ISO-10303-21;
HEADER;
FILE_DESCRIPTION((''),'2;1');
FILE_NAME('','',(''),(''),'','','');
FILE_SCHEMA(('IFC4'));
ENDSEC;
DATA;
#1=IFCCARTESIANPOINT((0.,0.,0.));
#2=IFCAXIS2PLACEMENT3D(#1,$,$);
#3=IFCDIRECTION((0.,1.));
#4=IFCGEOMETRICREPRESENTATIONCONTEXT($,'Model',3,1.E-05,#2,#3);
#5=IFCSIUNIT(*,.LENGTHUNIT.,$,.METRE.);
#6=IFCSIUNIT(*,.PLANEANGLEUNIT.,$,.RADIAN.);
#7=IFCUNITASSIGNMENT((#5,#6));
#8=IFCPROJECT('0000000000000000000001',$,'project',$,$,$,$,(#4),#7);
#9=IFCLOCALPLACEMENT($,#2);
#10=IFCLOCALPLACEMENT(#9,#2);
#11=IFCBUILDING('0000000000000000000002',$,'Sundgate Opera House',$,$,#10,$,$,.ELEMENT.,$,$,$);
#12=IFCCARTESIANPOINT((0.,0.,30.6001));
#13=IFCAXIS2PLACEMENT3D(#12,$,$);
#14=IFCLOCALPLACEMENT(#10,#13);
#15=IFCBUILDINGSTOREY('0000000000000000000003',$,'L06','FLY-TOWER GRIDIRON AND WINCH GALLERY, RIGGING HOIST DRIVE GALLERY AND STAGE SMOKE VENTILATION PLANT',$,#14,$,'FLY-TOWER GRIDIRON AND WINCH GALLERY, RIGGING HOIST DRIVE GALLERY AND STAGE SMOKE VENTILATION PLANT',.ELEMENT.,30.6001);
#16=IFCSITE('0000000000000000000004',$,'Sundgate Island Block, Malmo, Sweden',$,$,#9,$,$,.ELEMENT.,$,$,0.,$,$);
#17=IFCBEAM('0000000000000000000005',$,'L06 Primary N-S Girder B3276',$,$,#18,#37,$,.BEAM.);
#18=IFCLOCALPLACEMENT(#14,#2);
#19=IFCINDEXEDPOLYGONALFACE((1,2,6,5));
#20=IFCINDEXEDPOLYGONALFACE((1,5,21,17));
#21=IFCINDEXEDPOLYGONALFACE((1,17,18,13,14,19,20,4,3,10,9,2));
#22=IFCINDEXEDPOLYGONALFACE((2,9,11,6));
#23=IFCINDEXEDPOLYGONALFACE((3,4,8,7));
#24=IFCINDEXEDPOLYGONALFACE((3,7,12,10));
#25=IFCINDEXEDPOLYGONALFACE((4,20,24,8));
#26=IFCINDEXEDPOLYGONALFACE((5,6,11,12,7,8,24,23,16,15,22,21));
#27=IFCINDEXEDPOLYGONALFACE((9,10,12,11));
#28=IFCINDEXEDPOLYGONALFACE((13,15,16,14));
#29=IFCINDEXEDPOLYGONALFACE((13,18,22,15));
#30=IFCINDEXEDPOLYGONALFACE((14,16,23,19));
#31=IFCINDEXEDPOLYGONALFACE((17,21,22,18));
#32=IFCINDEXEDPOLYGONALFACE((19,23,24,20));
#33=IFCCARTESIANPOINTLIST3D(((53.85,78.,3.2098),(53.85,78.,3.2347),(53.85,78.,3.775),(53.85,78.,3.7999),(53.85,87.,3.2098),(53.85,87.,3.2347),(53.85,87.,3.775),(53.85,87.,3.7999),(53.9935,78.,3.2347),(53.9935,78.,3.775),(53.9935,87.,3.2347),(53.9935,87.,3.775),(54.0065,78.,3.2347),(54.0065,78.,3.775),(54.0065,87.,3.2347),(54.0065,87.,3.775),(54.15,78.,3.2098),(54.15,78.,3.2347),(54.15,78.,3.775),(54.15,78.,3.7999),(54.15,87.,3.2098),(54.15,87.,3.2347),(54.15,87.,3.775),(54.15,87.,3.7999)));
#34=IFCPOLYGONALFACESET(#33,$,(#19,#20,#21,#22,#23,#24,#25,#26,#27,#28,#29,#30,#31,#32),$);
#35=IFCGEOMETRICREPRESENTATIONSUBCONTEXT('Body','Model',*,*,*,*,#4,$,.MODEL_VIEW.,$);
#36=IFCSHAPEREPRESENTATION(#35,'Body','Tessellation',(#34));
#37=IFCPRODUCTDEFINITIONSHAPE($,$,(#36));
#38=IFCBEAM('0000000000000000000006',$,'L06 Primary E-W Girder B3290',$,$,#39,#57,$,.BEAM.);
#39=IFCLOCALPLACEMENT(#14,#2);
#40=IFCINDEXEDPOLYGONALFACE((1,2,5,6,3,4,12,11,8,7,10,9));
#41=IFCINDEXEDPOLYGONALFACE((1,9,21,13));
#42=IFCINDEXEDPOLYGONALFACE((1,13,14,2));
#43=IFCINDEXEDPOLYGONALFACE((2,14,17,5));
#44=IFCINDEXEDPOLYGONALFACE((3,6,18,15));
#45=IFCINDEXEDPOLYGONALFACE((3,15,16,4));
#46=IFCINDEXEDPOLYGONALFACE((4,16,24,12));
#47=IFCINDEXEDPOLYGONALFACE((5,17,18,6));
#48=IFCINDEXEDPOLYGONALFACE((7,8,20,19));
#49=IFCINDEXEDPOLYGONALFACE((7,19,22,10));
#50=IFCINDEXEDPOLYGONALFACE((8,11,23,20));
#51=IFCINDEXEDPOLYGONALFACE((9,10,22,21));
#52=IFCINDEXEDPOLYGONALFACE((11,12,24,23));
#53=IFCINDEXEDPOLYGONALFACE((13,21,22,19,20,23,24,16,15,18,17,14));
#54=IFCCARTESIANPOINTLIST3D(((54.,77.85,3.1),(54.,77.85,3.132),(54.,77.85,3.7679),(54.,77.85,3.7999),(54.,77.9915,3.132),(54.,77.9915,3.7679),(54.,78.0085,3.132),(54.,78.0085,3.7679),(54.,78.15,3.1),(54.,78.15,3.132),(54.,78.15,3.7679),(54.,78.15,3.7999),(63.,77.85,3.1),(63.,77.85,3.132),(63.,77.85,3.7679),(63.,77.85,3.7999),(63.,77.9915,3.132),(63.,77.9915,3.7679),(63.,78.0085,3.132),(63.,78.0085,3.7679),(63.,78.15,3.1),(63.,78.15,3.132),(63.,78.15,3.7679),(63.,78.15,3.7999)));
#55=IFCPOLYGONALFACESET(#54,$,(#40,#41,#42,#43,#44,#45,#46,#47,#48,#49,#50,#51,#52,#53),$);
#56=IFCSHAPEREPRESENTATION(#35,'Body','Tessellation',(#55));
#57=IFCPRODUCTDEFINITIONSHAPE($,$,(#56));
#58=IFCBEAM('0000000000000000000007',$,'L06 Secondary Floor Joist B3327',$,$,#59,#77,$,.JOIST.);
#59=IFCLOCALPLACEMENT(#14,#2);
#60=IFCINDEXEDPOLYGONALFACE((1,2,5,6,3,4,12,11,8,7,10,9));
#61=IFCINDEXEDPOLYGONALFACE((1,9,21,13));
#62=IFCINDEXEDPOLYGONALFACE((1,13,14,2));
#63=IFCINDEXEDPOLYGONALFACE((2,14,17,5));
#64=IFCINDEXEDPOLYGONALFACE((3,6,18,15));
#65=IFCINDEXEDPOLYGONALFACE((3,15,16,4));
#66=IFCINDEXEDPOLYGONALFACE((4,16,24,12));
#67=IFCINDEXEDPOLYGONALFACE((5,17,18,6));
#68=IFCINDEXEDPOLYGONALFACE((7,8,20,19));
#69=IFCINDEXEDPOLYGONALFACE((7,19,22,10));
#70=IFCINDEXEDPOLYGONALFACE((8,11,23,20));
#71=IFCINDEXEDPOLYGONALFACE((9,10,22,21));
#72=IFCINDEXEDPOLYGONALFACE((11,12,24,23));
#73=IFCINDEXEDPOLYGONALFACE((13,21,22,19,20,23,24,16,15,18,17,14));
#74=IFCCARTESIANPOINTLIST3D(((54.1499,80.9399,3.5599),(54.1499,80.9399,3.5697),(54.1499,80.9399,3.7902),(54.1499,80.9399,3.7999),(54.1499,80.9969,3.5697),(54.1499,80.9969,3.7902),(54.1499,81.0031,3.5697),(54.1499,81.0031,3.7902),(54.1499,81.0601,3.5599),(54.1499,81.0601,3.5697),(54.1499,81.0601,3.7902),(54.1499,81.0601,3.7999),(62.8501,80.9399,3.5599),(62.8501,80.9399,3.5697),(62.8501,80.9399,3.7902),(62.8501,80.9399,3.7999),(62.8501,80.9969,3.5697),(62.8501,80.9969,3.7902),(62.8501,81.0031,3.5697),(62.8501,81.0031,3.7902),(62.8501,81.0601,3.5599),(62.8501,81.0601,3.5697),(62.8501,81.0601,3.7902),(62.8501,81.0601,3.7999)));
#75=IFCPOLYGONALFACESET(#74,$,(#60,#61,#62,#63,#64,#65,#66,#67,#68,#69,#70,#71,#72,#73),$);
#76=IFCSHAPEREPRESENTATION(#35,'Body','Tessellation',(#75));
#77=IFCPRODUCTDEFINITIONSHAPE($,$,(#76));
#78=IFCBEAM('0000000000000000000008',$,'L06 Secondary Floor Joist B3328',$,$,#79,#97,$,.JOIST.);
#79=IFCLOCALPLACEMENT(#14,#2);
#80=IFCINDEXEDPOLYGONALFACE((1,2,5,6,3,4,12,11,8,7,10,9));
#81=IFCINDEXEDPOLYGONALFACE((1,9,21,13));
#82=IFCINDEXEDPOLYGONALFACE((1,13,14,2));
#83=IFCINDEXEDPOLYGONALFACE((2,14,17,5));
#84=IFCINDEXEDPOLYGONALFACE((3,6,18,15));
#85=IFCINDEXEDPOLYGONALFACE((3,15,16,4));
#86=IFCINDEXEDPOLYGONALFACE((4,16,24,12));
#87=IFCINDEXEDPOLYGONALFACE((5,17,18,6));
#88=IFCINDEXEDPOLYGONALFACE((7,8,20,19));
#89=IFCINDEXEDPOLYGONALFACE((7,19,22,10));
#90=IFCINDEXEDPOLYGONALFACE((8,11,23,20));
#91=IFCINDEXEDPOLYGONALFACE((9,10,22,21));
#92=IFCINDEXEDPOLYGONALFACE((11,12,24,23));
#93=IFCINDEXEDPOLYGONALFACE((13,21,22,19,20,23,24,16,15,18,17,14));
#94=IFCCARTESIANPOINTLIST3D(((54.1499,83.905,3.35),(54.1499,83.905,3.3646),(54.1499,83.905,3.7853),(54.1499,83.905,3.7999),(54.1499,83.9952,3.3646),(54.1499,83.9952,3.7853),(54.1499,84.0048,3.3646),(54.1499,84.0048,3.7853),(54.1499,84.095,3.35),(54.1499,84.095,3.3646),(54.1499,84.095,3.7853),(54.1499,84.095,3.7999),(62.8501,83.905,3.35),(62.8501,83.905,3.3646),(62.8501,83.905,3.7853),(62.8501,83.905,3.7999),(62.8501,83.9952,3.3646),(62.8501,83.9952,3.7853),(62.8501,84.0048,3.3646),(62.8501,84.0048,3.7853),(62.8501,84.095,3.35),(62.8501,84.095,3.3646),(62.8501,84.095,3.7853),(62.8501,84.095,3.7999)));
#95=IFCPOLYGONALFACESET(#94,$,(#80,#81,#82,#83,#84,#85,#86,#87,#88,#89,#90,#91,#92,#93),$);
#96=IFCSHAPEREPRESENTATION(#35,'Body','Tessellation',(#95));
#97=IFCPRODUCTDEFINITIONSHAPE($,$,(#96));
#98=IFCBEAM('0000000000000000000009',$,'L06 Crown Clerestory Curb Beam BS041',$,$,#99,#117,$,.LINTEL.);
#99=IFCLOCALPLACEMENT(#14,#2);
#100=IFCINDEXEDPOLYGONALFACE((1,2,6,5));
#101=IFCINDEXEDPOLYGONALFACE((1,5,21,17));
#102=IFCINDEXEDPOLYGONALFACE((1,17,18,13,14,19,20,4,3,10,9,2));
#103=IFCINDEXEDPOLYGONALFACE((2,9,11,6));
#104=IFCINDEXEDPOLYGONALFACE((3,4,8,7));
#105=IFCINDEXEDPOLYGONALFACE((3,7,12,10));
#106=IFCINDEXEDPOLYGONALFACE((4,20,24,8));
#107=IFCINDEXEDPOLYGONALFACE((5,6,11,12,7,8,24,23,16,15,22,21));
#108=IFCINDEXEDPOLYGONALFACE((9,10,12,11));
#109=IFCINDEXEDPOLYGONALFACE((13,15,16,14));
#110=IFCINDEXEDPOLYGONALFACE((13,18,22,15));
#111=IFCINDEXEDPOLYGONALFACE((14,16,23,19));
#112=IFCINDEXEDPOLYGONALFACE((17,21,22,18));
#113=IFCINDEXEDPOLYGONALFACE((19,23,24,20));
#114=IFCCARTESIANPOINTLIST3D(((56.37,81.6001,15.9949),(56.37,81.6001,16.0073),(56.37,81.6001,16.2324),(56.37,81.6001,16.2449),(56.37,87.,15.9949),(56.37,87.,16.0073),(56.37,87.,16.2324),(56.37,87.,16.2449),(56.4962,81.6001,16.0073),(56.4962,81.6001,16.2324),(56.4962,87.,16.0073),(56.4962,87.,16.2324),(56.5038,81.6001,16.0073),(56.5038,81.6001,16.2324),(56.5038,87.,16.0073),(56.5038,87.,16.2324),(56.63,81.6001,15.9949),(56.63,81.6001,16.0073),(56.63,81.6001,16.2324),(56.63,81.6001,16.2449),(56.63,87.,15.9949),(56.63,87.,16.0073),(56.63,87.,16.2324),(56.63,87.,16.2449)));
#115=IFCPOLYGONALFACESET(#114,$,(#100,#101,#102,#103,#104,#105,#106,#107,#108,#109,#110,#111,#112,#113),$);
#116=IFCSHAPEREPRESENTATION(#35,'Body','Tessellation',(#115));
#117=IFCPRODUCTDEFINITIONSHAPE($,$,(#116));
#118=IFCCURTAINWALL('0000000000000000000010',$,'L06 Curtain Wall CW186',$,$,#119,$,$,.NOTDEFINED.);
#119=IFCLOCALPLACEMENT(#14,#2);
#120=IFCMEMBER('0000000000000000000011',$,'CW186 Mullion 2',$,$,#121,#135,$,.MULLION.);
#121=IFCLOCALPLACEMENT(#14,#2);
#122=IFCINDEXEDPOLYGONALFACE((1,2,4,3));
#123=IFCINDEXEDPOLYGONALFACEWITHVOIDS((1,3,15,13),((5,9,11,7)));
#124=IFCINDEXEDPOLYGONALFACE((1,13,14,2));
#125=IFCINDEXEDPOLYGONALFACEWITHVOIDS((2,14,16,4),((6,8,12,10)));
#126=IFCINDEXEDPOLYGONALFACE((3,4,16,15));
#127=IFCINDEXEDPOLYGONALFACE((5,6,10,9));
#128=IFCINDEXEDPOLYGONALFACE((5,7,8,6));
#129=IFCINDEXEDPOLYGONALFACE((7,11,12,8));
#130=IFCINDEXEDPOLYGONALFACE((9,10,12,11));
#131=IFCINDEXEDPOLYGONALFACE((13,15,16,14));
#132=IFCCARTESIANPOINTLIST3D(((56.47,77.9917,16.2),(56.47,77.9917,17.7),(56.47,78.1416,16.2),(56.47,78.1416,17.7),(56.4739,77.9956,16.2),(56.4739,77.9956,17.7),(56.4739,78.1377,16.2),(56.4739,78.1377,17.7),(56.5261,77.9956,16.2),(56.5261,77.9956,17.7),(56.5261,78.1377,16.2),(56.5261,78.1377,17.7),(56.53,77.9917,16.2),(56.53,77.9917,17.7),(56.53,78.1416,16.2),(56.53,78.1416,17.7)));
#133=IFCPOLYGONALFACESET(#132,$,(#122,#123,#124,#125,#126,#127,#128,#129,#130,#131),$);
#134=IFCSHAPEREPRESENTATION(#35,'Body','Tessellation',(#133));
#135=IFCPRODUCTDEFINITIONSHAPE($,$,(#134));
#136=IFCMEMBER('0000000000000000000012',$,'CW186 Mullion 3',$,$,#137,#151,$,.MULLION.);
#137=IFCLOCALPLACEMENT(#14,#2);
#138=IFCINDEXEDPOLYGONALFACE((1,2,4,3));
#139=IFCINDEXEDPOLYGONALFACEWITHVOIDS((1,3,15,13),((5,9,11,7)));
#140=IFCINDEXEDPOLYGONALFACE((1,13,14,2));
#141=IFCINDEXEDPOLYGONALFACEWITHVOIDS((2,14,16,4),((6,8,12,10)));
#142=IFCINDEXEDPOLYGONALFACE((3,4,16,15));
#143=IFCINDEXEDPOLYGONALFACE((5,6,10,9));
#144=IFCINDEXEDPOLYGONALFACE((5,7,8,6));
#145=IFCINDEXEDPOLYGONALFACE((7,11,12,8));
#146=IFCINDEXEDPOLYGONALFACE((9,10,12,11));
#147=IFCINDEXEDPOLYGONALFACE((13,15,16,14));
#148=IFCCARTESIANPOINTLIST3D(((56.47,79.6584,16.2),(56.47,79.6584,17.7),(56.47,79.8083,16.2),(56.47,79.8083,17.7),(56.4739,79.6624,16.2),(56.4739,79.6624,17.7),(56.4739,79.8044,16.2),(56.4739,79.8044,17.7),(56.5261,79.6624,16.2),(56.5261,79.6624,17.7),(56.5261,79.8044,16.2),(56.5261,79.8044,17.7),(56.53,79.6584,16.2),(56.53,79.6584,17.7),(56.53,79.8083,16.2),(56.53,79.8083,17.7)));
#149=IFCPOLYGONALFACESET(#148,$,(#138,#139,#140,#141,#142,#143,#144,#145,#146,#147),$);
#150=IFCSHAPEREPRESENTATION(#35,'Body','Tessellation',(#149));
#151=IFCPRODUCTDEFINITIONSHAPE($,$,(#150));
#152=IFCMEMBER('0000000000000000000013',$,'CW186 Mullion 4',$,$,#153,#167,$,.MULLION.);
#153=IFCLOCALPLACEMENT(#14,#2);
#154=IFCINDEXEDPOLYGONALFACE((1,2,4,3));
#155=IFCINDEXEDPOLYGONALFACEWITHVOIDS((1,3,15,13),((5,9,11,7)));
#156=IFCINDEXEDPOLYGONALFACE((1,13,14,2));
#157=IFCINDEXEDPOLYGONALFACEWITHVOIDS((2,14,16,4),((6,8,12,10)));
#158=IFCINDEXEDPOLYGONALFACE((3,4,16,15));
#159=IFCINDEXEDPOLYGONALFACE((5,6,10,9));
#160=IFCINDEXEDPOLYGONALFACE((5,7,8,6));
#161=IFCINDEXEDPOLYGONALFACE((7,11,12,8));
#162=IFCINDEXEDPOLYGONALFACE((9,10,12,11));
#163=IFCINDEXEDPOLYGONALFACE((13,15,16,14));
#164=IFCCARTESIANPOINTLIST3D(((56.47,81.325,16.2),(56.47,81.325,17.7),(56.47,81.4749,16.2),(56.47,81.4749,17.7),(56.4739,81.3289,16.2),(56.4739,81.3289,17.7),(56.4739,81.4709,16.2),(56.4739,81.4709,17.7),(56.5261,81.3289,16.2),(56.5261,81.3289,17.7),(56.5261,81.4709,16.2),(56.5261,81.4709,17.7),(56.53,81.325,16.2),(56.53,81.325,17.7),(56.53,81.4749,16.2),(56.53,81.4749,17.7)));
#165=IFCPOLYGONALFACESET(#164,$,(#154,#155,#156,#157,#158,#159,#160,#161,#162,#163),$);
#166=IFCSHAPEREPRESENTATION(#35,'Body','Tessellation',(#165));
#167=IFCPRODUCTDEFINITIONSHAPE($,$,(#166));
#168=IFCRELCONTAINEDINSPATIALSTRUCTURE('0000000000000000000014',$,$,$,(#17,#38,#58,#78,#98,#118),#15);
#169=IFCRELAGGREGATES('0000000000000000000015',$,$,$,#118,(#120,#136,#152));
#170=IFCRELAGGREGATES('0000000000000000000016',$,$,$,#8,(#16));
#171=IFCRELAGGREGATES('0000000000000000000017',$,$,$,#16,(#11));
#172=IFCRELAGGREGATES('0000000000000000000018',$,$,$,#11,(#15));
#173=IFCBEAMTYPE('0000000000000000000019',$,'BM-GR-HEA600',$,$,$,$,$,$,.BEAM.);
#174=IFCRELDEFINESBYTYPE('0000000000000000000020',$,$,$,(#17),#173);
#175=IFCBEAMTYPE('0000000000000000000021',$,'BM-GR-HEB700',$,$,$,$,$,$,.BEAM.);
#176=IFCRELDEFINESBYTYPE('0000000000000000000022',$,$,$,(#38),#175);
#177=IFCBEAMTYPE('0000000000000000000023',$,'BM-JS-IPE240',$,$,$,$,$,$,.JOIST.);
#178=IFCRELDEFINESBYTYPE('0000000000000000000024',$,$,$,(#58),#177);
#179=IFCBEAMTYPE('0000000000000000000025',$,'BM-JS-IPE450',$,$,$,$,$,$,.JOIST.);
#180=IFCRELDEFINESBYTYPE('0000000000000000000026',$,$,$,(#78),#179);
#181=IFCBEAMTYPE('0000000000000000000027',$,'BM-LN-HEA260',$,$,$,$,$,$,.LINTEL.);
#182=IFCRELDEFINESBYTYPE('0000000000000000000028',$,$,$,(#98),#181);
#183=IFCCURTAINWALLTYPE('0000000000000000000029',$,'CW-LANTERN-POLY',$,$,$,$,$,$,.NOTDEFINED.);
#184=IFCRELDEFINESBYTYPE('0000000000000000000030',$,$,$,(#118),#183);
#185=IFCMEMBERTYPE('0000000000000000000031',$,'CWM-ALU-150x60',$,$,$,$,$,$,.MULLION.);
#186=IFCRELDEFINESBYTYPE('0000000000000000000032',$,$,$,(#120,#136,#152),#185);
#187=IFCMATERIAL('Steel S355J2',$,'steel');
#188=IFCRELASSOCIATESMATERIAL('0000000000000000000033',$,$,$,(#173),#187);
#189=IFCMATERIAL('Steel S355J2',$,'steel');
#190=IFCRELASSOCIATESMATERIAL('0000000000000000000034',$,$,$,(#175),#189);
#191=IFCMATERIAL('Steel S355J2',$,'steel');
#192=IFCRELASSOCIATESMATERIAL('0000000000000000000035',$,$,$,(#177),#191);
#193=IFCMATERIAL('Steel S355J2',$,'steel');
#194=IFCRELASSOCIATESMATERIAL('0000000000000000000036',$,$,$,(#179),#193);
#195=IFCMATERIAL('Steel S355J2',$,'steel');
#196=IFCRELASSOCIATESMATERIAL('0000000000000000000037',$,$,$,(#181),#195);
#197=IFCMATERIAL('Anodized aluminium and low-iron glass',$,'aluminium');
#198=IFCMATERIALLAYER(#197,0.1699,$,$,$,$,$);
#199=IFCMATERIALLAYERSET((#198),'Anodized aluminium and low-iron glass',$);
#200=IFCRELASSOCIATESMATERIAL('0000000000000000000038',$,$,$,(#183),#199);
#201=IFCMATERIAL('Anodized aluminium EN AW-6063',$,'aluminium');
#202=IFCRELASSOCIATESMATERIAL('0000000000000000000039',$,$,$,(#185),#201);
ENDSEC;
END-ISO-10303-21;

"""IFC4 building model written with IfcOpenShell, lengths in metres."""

from ifc_helpers import new_model, si_unit, direction, frame, origin, origin_2d, place, context, subcontext, project, spatial, hollow_rectangle, i_section, extrude, material, layer, layer_set, material_profile, profile_set, type_object, element, aggregate, save


model = new_model("IFC4")

# Units and contexts
model_context = context("Model", 3, precision=1e-05, world=origin(), true_north=direction((0.0, 1.0)))
body_context = subcontext(model_context, "Body", "Model", "MODEL_VIEW")
ifc_project = project(units=[si_unit("LENGTHUNIT", "METRE"), si_unit("PLANEANGLEUNIT", "RADIAN")], contexts=[model_context])

# Site, building, storey
site_placement = place(None, origin())
site = spatial("IfcSite", under=ifc_project, at=site_placement, Name="Sundgate Island Block, Malmo, Sweden", CompositionType="ELEMENT", RefElevation=0.0)
building_placement = place(site_placement, origin())
building = spatial("IfcBuilding", under=site, at=building_placement, Name="Sundgate Opera House", CompositionType="ELEMENT")
storey_placement = place(building_placement, frame((0.0, 0.0, 30.6001)))
storey = spatial("IfcBuildingStorey", under=building, at=storey_placement, Name="L06", Description="FLY-TOWER GRIDIRON AND WINCH GALLERY, RIGGING HOIST DRIVE GALLERY AND STAGE SMOKE VENTILATION PLANT", LongName="FLY-TOWER GRIDIRON AND WINCH GALLERY, RIGGING HOIST DRIVE GALLERY AND STAGE SMOKE VENTILATION PLANT", CompositionType="ELEMENT", Elevation=30.6001)

# Beams
ifc_material_1 = material(Name="Steel S355J2", Category="steel")
ifc_material_profile_1 = material_profile(ifc_material_1, i_section(OverallWidth=0.3, OverallDepth=0.5901, WebThickness=0.0129, FlangeThickness=0.0249, at=origin_2d()), Name="HEA 600")
ifc_profile_set_1 = profile_set([ifc_material_profile_1], Name="Steel S355J2")
beam_type_1 = type_object("IfcBeamType", Name="BM-GR-HEA600", PredefinedType="BEAM", material=ifc_profile_set_1)
beam_1_placement = place(storey_placement, frame((54.0, 78.0, 3.5049), z_axis=(0.0, 1.0, 0.0), x_axis=(-1.0, 0.0, 0.0)))
element("IfcBeam", 1, at=beam_1_placement, inside=storey, type_object=beam_type_1, Name="L06 Primary N-S Girder B3276", PredefinedType="BEAM", context=body_context, shape_type="SweptSolid", body=[
    extrude(i_section(OverallWidth=0.3, OverallDepth=0.5901, WebThickness=0.0129, FlangeThickness=0.0249, at=origin_2d()), origin(), (0.0, 0.0, 1.0), 9.0),
])
ifc_material_2 = material(Name="Steel S355J2", Category="steel")
ifc_material_profile_2 = material_profile(ifc_material_2, i_section(OverallWidth=0.3, OverallDepth=0.7, WebThickness=0.0171, FlangeThickness=0.032, at=origin_2d()), Name="HEB 700")
ifc_profile_set_2 = profile_set([ifc_material_profile_2], Name="Steel S355J2")
beam_type_2 = type_object("IfcBeamType", Name="BM-GR-HEB700", PredefinedType="BEAM", material=ifc_profile_set_2)
beam_2_placement = place(storey_placement, frame((54.0, 78.0, 3.45), z_axis=(1.0, 0.0, 0.0), x_axis=(0.0, 1.0, 0.0)))
element("IfcBeam", 2, at=beam_2_placement, inside=storey, type_object=beam_type_2, Name="L06 Primary E-W Girder B3290", PredefinedType="BEAM", context=body_context, shape_type="SweptSolid", body=[
    extrude(i_section(OverallWidth=0.3, OverallDepth=0.7, WebThickness=0.0171, FlangeThickness=0.032, at=origin_2d()), origin(), (0.0, 0.0, 1.0), 9.0),
])
ifc_material_3 = material(Name="Steel S355J2", Category="steel")
ifc_material_profile_3 = material_profile(ifc_material_3, i_section(OverallWidth=0.1201, OverallDepth=0.24, WebThickness=0.0061, FlangeThickness=0.0098, at=origin_2d()), Name="IPE 240")
ifc_profile_set_3 = profile_set([ifc_material_profile_3], Name="Steel S355J2")
beam_type_3 = type_object("IfcBeamType", Name="BM-JS-IPE240", PredefinedType="JOIST", material=ifc_profile_set_3)
beam_3_placement = place(storey_placement, frame((54.1499, 81.0, 3.6799), z_axis=(1.0, 0.0, 0.0), x_axis=(0.0, 1.0, 0.0)))
element("IfcBeam", 3, at=beam_3_placement, inside=storey, type_object=beam_type_3, Name="L06 Secondary Floor Joist B3327", PredefinedType="JOIST", context=body_context, shape_type="SweptSolid", body=[
    extrude(i_section(OverallWidth=0.1201, OverallDepth=0.24, WebThickness=0.0061, FlangeThickness=0.0098, at=origin_2d()), origin(), (0.0, 0.0, 1.0), 8.7002),
])
ifc_material_4 = material(Name="Steel S355J2", Category="steel")
ifc_material_profile_4 = material_profile(ifc_material_4, i_section(OverallWidth=0.1899, OverallDepth=0.45, WebThickness=0.0095, FlangeThickness=0.0146, at=origin_2d()), Name="IPE 450")
ifc_profile_set_4 = profile_set([ifc_material_profile_4], Name="Steel S355J2")
beam_type_4 = type_object("IfcBeamType", Name="BM-JS-IPE450", PredefinedType="JOIST", material=ifc_profile_set_4)
beam_4_placement = place(storey_placement, frame((54.1499, 84.0, 3.575), z_axis=(1.0, 0.0, 0.0), x_axis=(0.0, 1.0, 0.0)))
element("IfcBeam", 4, at=beam_4_placement, inside=storey, type_object=beam_type_4, Name="L06 Secondary Floor Joist B3328", PredefinedType="JOIST", context=body_context, shape_type="SweptSolid", body=[
    extrude(i_section(OverallWidth=0.1899, OverallDepth=0.45, WebThickness=0.0095, FlangeThickness=0.0146, at=origin_2d()), origin(), (0.0, 0.0, 1.0), 8.7002),
])
ifc_material_5 = material(Name="Steel S355J2", Category="steel")
ifc_material_profile_5 = material_profile(ifc_material_5, i_section(OverallWidth=0.26, OverallDepth=0.25, WebThickness=0.0076, FlangeThickness=0.0125, at=origin_2d()), Name="HEA 260")
ifc_profile_set_5 = profile_set([ifc_material_profile_5], Name="Steel S355J2")
beam_type_5 = type_object("IfcBeamType", Name="BM-LN-HEA260", PredefinedType="LINTEL", material=ifc_profile_set_5)
beam_5_placement = place(storey_placement, frame((56.5, 81.6001, 16.1199), z_axis=(0.0, 1.0, 0.0), x_axis=(-1.0, 0.0, 0.0)))
element("IfcBeam", 5, at=beam_5_placement, inside=storey, type_object=beam_type_5, Name="L06 Crown Clerestory Curb Beam BS041", PredefinedType="LINTEL", context=body_context, shape_type="SweptSolid", body=[
    extrude(i_section(OverallWidth=0.26, OverallDepth=0.25, WebThickness=0.0076, FlangeThickness=0.0125, at=origin_2d()), origin(), (0.0, 0.0, 1.0), 5.3999),
])

# Curtain wall, members
ifc_material_6 = material(Name="Anodized aluminium and low-iron glass", Category="aluminium")
ifc_layer_1 = layer(ifc_material_6, 0.1699)
ifc_layer_set_1 = layer_set([ifc_layer_1], Name="Anodized aluminium and low-iron glass")
curtain_wall_type = type_object("IfcCurtainWallType", Name="CW-LANTERN-POLY", PredefinedType="NOTDEFINED", material=ifc_layer_set_1)
curtain_wall_1_placement = place(storey_placement, origin())
curtain_wall_1 = element("IfcCurtainWall", 6, at=curtain_wall_1_placement, inside=storey, type_object=curtain_wall_type, Name="L06 Curtain Wall CW186", PredefinedType="NOTDEFINED")
ifc_material_7 = material(Name="Anodized aluminium EN AW-6063", Category="aluminium")
ifc_material_profile_6 = material_profile(ifc_material_7, hollow_rectangle(XDim=0.0601, YDim=0.1499, WallThickness=0.0039, at=origin_2d()), Name="CWM 150x60x4")
ifc_profile_set_6 = profile_set([ifc_material_profile_6], Name="Anodized aluminium EN AW-6063")
member_type_1 = type_object("IfcMemberType", Name="CWM-ALU-150x60", PredefinedType="MULLION", material=ifc_profile_set_6)
member_1_placement = place(storey_placement, frame((56.5, 78.0667, 16.2), z_axis=(0.0, 0.0, 1.0), x_axis=(1.0, 0.0, 0.0)))
member_1 = element("IfcMember", 7, at=member_1_placement, type_object=member_type_1, Name="CW186 Mullion 2", PredefinedType="MULLION", context=body_context, shape_type="SweptSolid", body=[
    extrude(hollow_rectangle(XDim=0.0601, YDim=0.1499, WallThickness=0.0039, at=origin_2d()), origin(), (0.0, 0.0, 1.0), 1.5),
])
member_2_placement = place(storey_placement, frame((56.5, 79.7334, 16.2), z_axis=(0.0, 0.0, 1.0), x_axis=(1.0, 0.0, 0.0)))
member_2 = element("IfcMember", 8, at=member_2_placement, type_object=member_type_1, Name="CW186 Mullion 3", PredefinedType="MULLION", context=body_context, shape_type="SweptSolid", body=[
    extrude(hollow_rectangle(XDim=0.0601, YDim=0.1499, WallThickness=0.0039, at=origin_2d()), origin(), (0.0, 0.0, 1.0), 1.5),
])
member_3_placement = place(storey_placement, frame((56.5, 81.3999, 16.2), z_axis=(0.0, 0.0, 1.0), x_axis=(1.0, 0.0, 0.0)))
member_3 = element("IfcMember", 9, at=member_3_placement, type_object=member_type_1, Name="CW186 Mullion 4", PredefinedType="MULLION", context=body_context, shape_type="SweptSolid", body=[
    extrude(hollow_rectangle(XDim=0.0601, YDim=0.1499, WallThickness=0.0039, at=origin_2d()), origin(), (0.0, 0.0, 1.0), 1.5),
])

aggregate(curtain_wall_1, [member_1, member_2, member_3])

save(model, "model.ifc")
